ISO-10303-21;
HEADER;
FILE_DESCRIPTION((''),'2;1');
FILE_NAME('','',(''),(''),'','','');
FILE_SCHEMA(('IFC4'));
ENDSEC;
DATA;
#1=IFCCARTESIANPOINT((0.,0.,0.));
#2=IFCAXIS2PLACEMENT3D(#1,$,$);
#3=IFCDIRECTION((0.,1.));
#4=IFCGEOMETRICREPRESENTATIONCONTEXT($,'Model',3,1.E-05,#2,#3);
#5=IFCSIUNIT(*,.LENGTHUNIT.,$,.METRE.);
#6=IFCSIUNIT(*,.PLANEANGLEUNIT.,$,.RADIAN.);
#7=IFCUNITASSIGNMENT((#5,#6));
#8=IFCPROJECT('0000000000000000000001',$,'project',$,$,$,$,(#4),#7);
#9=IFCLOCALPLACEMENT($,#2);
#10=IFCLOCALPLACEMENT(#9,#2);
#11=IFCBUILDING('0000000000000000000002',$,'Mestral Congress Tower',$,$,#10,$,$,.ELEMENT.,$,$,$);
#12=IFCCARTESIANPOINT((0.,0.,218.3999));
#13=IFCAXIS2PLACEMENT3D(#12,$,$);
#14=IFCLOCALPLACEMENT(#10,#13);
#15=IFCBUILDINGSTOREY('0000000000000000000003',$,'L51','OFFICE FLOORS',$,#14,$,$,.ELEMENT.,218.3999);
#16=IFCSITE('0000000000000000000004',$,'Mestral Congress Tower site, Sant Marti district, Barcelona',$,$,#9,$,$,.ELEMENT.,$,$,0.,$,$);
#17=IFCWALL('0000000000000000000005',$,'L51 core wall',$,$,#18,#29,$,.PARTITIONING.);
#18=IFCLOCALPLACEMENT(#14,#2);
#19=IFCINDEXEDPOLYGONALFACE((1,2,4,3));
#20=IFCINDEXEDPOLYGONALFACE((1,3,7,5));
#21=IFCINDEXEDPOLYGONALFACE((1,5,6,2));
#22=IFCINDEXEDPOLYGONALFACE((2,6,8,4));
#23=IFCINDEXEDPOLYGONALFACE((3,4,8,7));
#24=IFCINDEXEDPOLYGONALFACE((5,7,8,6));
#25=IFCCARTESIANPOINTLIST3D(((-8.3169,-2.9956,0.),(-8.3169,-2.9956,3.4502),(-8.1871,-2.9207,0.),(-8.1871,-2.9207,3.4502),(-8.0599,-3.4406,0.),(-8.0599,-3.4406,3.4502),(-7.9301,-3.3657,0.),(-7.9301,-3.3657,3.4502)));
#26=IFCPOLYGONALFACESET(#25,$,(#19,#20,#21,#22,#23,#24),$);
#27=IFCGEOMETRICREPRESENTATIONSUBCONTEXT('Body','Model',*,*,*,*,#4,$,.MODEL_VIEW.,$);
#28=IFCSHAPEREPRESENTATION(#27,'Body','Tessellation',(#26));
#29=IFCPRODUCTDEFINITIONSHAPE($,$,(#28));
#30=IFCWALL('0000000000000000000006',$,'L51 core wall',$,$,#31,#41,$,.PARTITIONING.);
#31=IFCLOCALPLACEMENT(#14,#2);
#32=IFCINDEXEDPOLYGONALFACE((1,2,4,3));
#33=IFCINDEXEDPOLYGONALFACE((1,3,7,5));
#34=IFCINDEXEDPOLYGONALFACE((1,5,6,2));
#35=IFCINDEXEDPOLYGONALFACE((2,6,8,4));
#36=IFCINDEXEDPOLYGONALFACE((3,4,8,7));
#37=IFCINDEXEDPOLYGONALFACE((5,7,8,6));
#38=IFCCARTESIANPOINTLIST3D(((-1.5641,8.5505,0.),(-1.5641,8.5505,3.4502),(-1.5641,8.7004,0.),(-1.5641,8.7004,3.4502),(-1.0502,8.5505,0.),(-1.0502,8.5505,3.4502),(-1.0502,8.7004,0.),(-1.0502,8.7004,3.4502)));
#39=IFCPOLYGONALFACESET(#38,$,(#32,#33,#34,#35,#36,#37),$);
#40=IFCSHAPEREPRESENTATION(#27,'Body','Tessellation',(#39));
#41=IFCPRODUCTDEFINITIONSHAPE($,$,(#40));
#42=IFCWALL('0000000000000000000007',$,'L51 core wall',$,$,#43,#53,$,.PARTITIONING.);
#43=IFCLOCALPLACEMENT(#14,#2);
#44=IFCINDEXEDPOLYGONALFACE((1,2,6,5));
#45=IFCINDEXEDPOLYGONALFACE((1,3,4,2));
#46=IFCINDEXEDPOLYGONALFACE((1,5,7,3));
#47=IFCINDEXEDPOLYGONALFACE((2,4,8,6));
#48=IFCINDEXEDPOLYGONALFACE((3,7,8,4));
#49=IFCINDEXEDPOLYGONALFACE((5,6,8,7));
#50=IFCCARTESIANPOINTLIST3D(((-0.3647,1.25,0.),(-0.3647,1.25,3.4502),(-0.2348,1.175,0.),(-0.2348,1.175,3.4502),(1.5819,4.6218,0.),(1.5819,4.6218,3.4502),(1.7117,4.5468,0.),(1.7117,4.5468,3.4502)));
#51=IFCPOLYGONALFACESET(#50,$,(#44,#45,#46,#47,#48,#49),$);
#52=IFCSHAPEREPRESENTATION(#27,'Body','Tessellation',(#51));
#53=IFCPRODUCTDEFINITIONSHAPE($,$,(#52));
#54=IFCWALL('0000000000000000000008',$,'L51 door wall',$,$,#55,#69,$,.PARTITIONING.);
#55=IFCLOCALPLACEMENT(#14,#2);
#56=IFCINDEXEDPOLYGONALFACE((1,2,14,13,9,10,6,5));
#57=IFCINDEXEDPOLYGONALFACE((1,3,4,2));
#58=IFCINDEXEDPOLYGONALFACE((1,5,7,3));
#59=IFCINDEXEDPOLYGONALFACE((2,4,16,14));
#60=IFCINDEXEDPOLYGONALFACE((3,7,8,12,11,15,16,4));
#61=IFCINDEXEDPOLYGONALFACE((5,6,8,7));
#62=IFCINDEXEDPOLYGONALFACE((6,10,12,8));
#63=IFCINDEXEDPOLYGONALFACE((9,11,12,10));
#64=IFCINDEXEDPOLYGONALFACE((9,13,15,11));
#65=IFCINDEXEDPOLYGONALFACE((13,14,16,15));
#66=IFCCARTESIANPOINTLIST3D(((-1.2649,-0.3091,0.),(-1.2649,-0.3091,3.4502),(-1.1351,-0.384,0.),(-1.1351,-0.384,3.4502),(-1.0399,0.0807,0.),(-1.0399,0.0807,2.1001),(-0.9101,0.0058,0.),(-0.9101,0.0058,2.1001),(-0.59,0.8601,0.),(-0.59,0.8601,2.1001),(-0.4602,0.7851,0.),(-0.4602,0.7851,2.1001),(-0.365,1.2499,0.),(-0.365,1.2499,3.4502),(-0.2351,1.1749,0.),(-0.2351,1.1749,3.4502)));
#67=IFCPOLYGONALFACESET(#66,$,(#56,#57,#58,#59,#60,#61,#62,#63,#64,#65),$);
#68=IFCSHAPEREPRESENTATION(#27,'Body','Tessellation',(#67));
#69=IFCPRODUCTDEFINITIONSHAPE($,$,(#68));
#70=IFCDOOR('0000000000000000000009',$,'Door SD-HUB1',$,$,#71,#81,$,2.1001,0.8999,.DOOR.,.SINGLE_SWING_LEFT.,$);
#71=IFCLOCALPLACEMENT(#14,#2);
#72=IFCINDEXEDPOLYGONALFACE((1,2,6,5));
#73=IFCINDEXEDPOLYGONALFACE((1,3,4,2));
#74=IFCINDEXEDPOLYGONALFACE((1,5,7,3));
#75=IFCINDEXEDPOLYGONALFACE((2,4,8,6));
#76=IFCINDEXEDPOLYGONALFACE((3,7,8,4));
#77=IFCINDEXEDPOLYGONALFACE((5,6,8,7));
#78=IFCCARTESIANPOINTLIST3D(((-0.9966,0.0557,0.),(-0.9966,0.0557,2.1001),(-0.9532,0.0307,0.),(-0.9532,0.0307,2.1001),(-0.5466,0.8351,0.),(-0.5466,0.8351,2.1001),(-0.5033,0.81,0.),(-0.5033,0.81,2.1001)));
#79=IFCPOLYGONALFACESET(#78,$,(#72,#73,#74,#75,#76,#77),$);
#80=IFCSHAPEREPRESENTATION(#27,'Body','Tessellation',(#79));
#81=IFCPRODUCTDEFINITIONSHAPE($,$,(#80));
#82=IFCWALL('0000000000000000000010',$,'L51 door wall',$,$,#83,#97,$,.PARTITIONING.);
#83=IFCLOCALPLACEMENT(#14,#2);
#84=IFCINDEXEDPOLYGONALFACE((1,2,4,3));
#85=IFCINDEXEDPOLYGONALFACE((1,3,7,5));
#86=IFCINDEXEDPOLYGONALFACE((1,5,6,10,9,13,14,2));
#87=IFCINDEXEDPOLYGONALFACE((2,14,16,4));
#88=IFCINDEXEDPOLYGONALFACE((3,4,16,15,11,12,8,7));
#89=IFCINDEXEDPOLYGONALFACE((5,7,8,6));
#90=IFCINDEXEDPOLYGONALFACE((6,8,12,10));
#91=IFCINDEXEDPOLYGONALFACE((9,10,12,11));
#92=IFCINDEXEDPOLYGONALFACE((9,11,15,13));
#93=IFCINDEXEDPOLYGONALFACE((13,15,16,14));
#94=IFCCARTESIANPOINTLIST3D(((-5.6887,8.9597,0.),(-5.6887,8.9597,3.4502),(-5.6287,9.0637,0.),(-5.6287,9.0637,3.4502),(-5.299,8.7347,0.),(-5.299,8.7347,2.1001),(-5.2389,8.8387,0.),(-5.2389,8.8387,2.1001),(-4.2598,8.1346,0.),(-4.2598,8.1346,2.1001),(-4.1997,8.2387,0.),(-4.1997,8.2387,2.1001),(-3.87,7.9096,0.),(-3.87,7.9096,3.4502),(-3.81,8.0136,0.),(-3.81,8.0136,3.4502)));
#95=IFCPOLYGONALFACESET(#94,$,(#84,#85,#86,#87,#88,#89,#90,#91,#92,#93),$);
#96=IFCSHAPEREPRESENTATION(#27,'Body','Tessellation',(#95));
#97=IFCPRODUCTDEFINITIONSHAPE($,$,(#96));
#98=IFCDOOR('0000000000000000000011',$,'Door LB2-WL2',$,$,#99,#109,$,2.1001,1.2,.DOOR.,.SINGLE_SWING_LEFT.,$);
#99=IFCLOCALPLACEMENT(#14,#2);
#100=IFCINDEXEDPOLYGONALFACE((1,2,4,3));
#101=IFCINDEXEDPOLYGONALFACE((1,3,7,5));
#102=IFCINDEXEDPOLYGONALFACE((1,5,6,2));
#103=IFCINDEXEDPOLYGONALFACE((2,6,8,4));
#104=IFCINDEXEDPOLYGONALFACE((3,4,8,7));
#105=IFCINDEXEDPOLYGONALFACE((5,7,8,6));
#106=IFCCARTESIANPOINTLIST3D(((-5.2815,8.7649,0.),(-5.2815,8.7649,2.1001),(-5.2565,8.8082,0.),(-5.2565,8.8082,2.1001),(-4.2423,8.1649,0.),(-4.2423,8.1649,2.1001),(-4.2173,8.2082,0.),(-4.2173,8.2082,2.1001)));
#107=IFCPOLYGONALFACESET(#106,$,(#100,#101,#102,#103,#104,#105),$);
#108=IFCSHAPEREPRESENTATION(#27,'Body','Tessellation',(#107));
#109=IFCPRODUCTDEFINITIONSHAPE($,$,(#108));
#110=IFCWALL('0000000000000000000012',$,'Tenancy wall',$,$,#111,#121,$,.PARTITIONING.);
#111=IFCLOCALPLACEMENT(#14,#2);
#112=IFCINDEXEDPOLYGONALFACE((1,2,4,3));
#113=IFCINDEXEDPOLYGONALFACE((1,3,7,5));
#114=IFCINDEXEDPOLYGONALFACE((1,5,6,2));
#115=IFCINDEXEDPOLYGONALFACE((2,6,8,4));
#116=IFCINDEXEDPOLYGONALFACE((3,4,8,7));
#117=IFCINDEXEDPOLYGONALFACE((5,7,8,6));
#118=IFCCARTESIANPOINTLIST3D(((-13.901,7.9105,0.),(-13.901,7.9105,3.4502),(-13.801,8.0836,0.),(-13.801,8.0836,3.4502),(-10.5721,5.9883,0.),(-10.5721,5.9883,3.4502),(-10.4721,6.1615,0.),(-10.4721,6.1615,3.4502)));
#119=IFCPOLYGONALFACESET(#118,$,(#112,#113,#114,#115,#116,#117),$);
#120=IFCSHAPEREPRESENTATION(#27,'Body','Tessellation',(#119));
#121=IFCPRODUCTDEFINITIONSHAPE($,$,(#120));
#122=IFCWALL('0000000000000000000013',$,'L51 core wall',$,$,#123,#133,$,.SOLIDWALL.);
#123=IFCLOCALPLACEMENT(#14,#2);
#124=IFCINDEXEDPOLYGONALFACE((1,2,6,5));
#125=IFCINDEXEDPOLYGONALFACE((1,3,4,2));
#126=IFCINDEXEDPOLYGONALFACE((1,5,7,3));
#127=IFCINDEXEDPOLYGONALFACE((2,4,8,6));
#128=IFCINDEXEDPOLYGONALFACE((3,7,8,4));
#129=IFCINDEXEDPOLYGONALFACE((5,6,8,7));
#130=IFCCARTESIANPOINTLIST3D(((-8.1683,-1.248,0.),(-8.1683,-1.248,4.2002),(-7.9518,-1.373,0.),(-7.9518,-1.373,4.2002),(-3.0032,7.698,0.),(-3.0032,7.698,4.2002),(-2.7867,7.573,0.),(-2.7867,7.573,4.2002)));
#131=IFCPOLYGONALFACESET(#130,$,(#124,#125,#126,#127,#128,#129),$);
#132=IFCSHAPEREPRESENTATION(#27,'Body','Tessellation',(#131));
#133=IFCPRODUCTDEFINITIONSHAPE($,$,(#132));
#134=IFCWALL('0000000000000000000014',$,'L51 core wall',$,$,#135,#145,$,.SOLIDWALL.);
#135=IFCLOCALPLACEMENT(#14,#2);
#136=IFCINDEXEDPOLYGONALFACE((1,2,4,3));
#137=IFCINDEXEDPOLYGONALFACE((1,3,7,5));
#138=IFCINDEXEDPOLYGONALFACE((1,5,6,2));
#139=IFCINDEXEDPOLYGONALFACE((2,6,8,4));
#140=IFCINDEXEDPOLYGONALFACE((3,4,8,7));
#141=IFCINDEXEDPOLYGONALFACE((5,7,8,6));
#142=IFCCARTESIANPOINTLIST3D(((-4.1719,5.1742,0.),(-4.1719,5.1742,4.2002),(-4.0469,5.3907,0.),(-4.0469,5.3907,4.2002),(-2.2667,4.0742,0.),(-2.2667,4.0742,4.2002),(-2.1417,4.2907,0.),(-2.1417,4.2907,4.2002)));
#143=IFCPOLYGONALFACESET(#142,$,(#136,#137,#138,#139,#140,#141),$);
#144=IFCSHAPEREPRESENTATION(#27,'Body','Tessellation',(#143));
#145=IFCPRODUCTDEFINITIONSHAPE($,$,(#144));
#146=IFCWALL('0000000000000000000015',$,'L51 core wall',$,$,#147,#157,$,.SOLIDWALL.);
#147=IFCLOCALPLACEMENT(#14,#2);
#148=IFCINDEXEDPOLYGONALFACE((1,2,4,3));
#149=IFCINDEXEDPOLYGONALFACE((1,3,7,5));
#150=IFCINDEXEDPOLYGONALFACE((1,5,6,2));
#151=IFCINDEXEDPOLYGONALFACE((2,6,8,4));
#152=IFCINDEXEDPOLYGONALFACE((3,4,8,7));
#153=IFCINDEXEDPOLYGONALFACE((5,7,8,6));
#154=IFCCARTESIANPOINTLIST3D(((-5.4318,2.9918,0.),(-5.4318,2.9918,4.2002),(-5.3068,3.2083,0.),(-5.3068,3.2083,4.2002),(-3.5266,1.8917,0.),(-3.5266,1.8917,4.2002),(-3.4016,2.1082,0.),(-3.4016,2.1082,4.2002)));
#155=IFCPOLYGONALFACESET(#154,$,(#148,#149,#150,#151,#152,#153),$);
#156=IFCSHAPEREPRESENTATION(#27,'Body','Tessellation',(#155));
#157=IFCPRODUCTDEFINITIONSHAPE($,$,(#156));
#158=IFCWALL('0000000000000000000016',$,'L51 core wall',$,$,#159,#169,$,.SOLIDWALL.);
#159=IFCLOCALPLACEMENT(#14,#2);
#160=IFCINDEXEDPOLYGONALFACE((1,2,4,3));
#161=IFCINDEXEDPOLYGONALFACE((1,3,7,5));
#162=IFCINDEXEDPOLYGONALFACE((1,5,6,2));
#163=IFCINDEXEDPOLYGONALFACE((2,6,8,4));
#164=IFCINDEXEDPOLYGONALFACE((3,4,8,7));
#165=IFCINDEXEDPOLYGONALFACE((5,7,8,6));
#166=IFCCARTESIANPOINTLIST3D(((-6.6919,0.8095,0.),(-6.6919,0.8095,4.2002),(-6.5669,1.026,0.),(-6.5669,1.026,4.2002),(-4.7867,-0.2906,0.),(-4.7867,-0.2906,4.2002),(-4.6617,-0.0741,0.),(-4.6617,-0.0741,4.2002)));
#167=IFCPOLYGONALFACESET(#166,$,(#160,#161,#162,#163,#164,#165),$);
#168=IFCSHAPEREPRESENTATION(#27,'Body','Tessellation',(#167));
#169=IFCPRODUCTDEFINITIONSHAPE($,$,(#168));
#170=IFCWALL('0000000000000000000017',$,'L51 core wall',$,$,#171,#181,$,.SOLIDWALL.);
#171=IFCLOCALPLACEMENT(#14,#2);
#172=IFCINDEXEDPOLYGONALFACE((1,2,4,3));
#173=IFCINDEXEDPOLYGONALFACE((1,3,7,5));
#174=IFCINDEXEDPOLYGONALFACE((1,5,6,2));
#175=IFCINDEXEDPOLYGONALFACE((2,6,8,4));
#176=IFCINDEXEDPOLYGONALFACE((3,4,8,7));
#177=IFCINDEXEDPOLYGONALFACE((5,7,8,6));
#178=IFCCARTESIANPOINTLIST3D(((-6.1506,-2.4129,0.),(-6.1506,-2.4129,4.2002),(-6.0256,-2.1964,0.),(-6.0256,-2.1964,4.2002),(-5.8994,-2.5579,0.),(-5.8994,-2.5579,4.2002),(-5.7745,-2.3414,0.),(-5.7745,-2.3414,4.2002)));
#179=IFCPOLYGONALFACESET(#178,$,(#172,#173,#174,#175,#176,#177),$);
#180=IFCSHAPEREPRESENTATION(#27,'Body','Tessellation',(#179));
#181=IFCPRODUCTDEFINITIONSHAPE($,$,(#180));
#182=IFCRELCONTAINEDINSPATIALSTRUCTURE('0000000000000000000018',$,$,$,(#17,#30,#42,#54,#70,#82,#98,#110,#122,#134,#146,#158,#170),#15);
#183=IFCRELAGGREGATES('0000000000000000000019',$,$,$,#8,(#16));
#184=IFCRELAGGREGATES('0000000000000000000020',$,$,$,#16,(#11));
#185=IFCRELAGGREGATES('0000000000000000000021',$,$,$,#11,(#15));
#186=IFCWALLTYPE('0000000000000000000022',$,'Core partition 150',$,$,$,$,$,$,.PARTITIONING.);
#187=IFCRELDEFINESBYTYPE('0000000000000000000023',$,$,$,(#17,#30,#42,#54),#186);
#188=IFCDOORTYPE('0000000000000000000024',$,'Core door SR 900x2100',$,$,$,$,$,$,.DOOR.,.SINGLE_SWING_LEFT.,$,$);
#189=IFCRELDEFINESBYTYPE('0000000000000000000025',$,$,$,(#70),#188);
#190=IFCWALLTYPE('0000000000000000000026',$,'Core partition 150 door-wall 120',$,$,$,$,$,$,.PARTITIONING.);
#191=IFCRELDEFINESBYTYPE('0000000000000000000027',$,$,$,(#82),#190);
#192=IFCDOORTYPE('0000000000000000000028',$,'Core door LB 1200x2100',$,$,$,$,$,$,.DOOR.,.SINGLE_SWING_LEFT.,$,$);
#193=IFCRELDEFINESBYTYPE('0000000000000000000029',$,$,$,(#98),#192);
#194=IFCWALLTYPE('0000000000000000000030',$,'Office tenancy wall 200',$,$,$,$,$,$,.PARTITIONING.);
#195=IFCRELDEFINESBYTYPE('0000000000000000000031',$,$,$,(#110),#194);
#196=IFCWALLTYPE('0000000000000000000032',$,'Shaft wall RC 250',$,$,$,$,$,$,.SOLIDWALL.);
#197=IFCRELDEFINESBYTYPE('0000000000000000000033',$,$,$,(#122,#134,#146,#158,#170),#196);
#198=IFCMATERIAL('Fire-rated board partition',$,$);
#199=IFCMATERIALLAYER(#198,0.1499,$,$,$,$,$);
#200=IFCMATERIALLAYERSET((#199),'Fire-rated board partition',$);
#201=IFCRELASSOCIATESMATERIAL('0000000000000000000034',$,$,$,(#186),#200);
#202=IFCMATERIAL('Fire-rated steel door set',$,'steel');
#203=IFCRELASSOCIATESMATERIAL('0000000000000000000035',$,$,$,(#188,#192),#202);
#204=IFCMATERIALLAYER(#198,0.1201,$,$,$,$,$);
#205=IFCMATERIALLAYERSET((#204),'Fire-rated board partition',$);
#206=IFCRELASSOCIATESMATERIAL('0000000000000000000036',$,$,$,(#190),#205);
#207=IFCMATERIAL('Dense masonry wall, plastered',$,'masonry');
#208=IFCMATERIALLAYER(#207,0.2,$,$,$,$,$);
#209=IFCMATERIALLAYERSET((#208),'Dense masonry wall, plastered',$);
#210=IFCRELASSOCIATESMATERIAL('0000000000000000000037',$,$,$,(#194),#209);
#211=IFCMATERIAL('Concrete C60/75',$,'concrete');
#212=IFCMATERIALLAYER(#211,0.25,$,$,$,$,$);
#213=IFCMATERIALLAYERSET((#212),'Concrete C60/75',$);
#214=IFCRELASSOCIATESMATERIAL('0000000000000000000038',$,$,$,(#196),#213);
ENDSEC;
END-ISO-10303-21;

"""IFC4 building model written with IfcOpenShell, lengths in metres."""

from ifc_helpers import new_model, si_unit, direction, frame, frame_2d, origin, place, context, subcontext, project, spatial, rectangle, extrude, material, layer, layer_set, type_object, element, fill, save


model = new_model("IFC4")

# Units and contexts
model_context = context("Model", 3, precision=1e-05, world=origin(), true_north=direction((0.0, 1.0)))
body_context = subcontext(model_context, "Body", "Model", "MODEL_VIEW")
ifc_project = project(units=[si_unit("LENGTHUNIT", "METRE"), si_unit("PLANEANGLEUNIT", "RADIAN")], contexts=[model_context])

# Site, building, storey
site_placement = place(None, origin())
site = spatial("IfcSite", under=ifc_project, at=site_placement, Name="Mestral Congress Tower site, Sant Marti district, Barcelona", CompositionType="ELEMENT", RefElevation=0.0)
building_placement = place(site_placement, origin())
building = spatial("IfcBuilding", under=site, at=building_placement, Name="Mestral Congress Tower", CompositionType="ELEMENT")
storey_placement = place(building_placement, frame((0.0, 0.0, 218.3999)))
storey = spatial("IfcBuildingStorey", under=building, at=storey_placement, Name="L51", Description="OFFICE FLOORS", CompositionType="ELEMENT", Elevation=218.3999)

# Walls
ifc_material_1 = material(Name="Fire-rated board partition")
ifc_layer_1 = layer(ifc_material_1, 0.1499)
ifc_layer_set_1 = layer_set([ifc_layer_1], Name="Fire-rated board partition")
wall_type_1 = type_object("IfcWallType", Name="Core partition 150", PredefinedType="PARTITIONING", material=ifc_layer_set_1)
for number, where, z_axis, x_axis, name in (
    (1, (-8.252, -2.9583, 0.0), (0.0, 0.0, 1.0), (0.500175, -0.865925, 0.0), "L51 core wall"),
    (2, (-1.564, 8.6255, 0.0), (0.0, 0.0, 1.0), (1.0, 0.0, 0.0), "L51 core wall"),
):
    element("IfcWall", number, at=place(storey_placement, frame(where, z_axis=z_axis, x_axis=x_axis)), inside=storey, type_object=wall_type_1, Name=name, PredefinedType="PARTITIONING", context=body_context, shape_type="SweptSolid", body=[
        extrude(rectangle(XDim=0.5139, YDim=0.1499, at=frame_2d((0.2568, 0.0))), origin(), (0.0, 0.0, 1.0), 3.4502),
    ])
wall_1_placement = place(storey_placement, frame((-0.2998, 1.2124, 0.0), z_axis=(0.0, 0.0, 1.0), x_axis=(0.499963, 0.866047, 0.0)))
element("IfcWall", 3, at=wall_1_placement, inside=storey, type_object=wall_type_1, Name="L51 core wall", PredefinedType="PARTITIONING", context=body_context, shape_type="SweptSolid", body=[
    extrude(rectangle(XDim=3.8933, YDim=0.1499, at=frame_2d((1.9468, 0.0))), origin(), (0.0, 0.0, 1.0), 3.4502),
])

# Walls, openings, doors
wall_2_placement = place(storey_placement, frame((-1.2, -0.3464, 0.0), z_axis=(0.0, 0.0, 1.0), x_axis=(0.499961, 0.866048, 0.0)))
wall_2 = element("IfcWall", 4, at=wall_2_placement, inside=storey, type_object=wall_type_1, Name="L51 door wall", PredefinedType="PARTITIONING", context=body_context, shape_type="SweptSolid", body=[
    extrude(rectangle(XDim=1.8, YDim=0.1499, at=frame_2d((0.8999, 0.0))), origin(), (0.0, 0.0, 1.0), 3.4502),
])
opening_1_placement = place(wall_2_placement, frame((0.45, 0.0, 0.0)))
opening_1 = element("IfcOpeningElement", 5, at=opening_1_placement, cuts=wall_2, PredefinedType="OPENING", context=body_context, shape_type="SweptSolid", body=[
    extrude(rectangle(XDim=0.8999, YDim=2.1001, at=frame_2d((0.45, 1.05))), frame((0.0, 0.085, 0.0), z_axis=(0.0, -1.0, 0.0), x_axis=(1.0, 0.0, 0.0)), (0.0, 0.0, 1.0), 0.1699),
])
ifc_material_2 = material(Name="Fire-rated steel door set", Category="steel")
door_type_1 = type_object("IfcDoorType", Name="Core door SR 900x2100", OperationType="SINGLE_SWING_LEFT", PredefinedType="DOOR", material=ifc_material_2)
door_1_placement = place(opening_1_placement, origin())
door_1 = element("IfcDoor", 6, at=door_1_placement, inside=storey, type_object=door_type_1, Name="Door SD-HUB1", OperationType="SINGLE_SWING_LEFT", OverallHeight=2.1001, OverallWidth=0.8999, PredefinedType="DOOR", context=body_context, shape_type="SweptSolid", body=[
    extrude(rectangle(XDim=0.8999, YDim=2.1001, at=frame_2d((0.45, 1.05))), frame((0.0, 0.0249, 0.0), z_axis=(0.0, -1.0, 0.0), x_axis=(1.0, 0.0, 0.0)), (0.0, 0.0, 1.0), 0.05),
])
fill(opening_1, door_1)
ifc_layer_2 = layer(ifc_material_1, 0.1201)
ifc_layer_set_2 = layer_set([ifc_layer_2], Name="Fire-rated board partition")
wall_type_2 = type_object("IfcWallType", Name="Core partition 150 door-wall 120", PredefinedType="PARTITIONING", material=ifc_layer_set_2)
wall_3_placement = place(storey_placement, frame((-5.6587, 9.0117, 0.0), z_axis=(0.0, 0.0, 1.0), x_axis=(0.866009, -0.500028, 0.0)))
wall_3 = element("IfcWall", 7, at=wall_3_placement, inside=storey, type_object=wall_type_2, Name="L51 door wall", PredefinedType="PARTITIONING", context=body_context, shape_type="SweptSolid", body=[
    extrude(rectangle(XDim=2.1001, YDim=0.1201, at=frame_2d((1.05, 0.0))), origin(), (0.0, 0.0, 1.0), 3.4502),
])
opening_2_placement = place(wall_3_placement, frame((0.45, 0.0, 0.0)))
opening_2 = element("IfcOpeningElement", 8, at=opening_2_placement, cuts=wall_3, PredefinedType="OPENING", context=body_context, shape_type="SweptSolid", body=[
    extrude(rectangle(XDim=1.2, YDim=2.1001, at=frame_2d((0.6001, 1.05))), frame((0.0, 0.0701, 0.0), z_axis=(0.0, -1.0, 0.0), x_axis=(1.0, 0.0, 0.0)), (0.0, 0.0, 1.0), 0.1401),
])
door_type_2 = type_object("IfcDoorType", Name="Core door LB 1200x2100", OperationType="SINGLE_SWING_LEFT", PredefinedType="DOOR", material=ifc_material_2)
door_2_placement = place(opening_2_placement, origin())
door_2 = element("IfcDoor", 9, at=door_2_placement, inside=storey, type_object=door_type_2, Name="Door LB2-WL2", OperationType="SINGLE_SWING_LEFT", OverallHeight=2.1001, OverallWidth=1.2, PredefinedType="DOOR", context=body_context, shape_type="SweptSolid", body=[
    extrude(rectangle(XDim=1.2, YDim=2.1001, at=frame_2d((0.6001, 1.05))), frame((0.0, 0.0249, 0.0), z_axis=(0.0, -1.0, 0.0), x_axis=(1.0, 0.0, 0.0)), (0.0, 0.0, 1.0), 0.05),
])
fill(opening_2, door_2)

# Walls
ifc_material_3 = material(Name="Dense masonry wall, plastered", Category="masonry")
ifc_layer_3 = layer(ifc_material_3, 0.2)
ifc_layer_set_3 = layer_set([ifc_layer_3], Name="Dense masonry wall, plastered")
wall_type_3 = type_object("IfcWallType", Name="Office tenancy wall 200", PredefinedType="PARTITIONING", material=ifc_layer_set_3)
wall_4_placement = place(storey_placement, frame((-10.5222, 6.075, 0.0), z_axis=(0.0, 0.0, 1.0), x_axis=(-0.866003, 0.500039, 0.0)))
element("IfcWall", 10, at=wall_4_placement, inside=storey, type_object=wall_type_3, Name="Tenancy wall", PredefinedType="PARTITIONING", context=body_context, shape_type="SweptSolid", body=[
    extrude(rectangle(XDim=3.844, YDim=0.2, at=frame_2d((1.9219, 0.0))), origin(), (0.0, 0.0, 1.0), 3.4502),
])
ifc_material_4 = material(Name="Concrete C60/75", Category="concrete")
ifc_layer_4 = layer(ifc_material_4, 0.25)
ifc_layer_set_4 = layer_set([ifc_layer_4], Name="Concrete C60/75")
wall_type_4 = type_object("IfcWallType", Name="Shaft wall RC 250", PredefinedType="SOLIDWALL", material=ifc_layer_set_4)
wall_5_placement = place(storey_placement, frame((-8.0601, -1.3105, 0.0), z_axis=(0.0, 0.0, 1.0), x_axis=(0.500003, 0.866024, 0.0)))
element("IfcWall", 11, at=wall_5_placement, inside=storey, type_object=wall_type_4, Name="L51 core wall", PredefinedType="SOLIDWALL", context=body_context, shape_type="SweptSolid", body=[
    extrude(rectangle(XDim=10.3301, YDim=0.25, at=frame_2d((5.165, 0.0))), origin(), (0.0, 0.0, 1.0), 4.2002),
])
for number, where, z_axis, x_axis, name in (
    (12, (-2.2041, 4.1824, 0.0), (0.0, 0.0, 1.0), (-0.866008, 0.50003, 0.0), "L51 core wall"),
    (13, (-5.3694, 3.1001, 0.0), (0.0, 0.0, 1.0), (0.866008, -0.50003, 0.0), "L51 core wall"),
    (14, (-4.7241, -0.1824, 0.0), (0.0, 0.0, 1.0), (-0.866008, 0.50003, 0.0), "L51 core wall"),
):
    element("IfcWall", number, at=place(storey_placement, frame(where, z_axis=z_axis, x_axis=x_axis)), inside=storey, type_object=wall_type_4, Name=name, PredefinedType="SOLIDWALL", context=body_context, shape_type="SweptSolid", body=[
        extrude(rectangle(XDim=2.2, YDim=0.25, at=frame_2d((1.1001, 0.0))), origin(), (0.0, 0.0, 1.0), 4.2002),
    ])
wall_6_placement = place(storey_placement, frame((-6.0881, -2.3047, 0.0), z_axis=(0.0, 0.0, 1.0), x_axis=(0.866059, -0.499941, 0.0)))
element("IfcWall", 15, at=wall_6_placement, inside=storey, type_object=wall_type_4, Name="L51 core wall", PredefinedType="SOLIDWALL", context=body_context, shape_type="SweptSolid", body=[
    extrude(rectangle(XDim=0.29, YDim=0.25, at=frame_2d((0.145, 0.0))), origin(), (0.0, 0.0, 1.0), 4.2002),
])

save(model, "model.ifc")
